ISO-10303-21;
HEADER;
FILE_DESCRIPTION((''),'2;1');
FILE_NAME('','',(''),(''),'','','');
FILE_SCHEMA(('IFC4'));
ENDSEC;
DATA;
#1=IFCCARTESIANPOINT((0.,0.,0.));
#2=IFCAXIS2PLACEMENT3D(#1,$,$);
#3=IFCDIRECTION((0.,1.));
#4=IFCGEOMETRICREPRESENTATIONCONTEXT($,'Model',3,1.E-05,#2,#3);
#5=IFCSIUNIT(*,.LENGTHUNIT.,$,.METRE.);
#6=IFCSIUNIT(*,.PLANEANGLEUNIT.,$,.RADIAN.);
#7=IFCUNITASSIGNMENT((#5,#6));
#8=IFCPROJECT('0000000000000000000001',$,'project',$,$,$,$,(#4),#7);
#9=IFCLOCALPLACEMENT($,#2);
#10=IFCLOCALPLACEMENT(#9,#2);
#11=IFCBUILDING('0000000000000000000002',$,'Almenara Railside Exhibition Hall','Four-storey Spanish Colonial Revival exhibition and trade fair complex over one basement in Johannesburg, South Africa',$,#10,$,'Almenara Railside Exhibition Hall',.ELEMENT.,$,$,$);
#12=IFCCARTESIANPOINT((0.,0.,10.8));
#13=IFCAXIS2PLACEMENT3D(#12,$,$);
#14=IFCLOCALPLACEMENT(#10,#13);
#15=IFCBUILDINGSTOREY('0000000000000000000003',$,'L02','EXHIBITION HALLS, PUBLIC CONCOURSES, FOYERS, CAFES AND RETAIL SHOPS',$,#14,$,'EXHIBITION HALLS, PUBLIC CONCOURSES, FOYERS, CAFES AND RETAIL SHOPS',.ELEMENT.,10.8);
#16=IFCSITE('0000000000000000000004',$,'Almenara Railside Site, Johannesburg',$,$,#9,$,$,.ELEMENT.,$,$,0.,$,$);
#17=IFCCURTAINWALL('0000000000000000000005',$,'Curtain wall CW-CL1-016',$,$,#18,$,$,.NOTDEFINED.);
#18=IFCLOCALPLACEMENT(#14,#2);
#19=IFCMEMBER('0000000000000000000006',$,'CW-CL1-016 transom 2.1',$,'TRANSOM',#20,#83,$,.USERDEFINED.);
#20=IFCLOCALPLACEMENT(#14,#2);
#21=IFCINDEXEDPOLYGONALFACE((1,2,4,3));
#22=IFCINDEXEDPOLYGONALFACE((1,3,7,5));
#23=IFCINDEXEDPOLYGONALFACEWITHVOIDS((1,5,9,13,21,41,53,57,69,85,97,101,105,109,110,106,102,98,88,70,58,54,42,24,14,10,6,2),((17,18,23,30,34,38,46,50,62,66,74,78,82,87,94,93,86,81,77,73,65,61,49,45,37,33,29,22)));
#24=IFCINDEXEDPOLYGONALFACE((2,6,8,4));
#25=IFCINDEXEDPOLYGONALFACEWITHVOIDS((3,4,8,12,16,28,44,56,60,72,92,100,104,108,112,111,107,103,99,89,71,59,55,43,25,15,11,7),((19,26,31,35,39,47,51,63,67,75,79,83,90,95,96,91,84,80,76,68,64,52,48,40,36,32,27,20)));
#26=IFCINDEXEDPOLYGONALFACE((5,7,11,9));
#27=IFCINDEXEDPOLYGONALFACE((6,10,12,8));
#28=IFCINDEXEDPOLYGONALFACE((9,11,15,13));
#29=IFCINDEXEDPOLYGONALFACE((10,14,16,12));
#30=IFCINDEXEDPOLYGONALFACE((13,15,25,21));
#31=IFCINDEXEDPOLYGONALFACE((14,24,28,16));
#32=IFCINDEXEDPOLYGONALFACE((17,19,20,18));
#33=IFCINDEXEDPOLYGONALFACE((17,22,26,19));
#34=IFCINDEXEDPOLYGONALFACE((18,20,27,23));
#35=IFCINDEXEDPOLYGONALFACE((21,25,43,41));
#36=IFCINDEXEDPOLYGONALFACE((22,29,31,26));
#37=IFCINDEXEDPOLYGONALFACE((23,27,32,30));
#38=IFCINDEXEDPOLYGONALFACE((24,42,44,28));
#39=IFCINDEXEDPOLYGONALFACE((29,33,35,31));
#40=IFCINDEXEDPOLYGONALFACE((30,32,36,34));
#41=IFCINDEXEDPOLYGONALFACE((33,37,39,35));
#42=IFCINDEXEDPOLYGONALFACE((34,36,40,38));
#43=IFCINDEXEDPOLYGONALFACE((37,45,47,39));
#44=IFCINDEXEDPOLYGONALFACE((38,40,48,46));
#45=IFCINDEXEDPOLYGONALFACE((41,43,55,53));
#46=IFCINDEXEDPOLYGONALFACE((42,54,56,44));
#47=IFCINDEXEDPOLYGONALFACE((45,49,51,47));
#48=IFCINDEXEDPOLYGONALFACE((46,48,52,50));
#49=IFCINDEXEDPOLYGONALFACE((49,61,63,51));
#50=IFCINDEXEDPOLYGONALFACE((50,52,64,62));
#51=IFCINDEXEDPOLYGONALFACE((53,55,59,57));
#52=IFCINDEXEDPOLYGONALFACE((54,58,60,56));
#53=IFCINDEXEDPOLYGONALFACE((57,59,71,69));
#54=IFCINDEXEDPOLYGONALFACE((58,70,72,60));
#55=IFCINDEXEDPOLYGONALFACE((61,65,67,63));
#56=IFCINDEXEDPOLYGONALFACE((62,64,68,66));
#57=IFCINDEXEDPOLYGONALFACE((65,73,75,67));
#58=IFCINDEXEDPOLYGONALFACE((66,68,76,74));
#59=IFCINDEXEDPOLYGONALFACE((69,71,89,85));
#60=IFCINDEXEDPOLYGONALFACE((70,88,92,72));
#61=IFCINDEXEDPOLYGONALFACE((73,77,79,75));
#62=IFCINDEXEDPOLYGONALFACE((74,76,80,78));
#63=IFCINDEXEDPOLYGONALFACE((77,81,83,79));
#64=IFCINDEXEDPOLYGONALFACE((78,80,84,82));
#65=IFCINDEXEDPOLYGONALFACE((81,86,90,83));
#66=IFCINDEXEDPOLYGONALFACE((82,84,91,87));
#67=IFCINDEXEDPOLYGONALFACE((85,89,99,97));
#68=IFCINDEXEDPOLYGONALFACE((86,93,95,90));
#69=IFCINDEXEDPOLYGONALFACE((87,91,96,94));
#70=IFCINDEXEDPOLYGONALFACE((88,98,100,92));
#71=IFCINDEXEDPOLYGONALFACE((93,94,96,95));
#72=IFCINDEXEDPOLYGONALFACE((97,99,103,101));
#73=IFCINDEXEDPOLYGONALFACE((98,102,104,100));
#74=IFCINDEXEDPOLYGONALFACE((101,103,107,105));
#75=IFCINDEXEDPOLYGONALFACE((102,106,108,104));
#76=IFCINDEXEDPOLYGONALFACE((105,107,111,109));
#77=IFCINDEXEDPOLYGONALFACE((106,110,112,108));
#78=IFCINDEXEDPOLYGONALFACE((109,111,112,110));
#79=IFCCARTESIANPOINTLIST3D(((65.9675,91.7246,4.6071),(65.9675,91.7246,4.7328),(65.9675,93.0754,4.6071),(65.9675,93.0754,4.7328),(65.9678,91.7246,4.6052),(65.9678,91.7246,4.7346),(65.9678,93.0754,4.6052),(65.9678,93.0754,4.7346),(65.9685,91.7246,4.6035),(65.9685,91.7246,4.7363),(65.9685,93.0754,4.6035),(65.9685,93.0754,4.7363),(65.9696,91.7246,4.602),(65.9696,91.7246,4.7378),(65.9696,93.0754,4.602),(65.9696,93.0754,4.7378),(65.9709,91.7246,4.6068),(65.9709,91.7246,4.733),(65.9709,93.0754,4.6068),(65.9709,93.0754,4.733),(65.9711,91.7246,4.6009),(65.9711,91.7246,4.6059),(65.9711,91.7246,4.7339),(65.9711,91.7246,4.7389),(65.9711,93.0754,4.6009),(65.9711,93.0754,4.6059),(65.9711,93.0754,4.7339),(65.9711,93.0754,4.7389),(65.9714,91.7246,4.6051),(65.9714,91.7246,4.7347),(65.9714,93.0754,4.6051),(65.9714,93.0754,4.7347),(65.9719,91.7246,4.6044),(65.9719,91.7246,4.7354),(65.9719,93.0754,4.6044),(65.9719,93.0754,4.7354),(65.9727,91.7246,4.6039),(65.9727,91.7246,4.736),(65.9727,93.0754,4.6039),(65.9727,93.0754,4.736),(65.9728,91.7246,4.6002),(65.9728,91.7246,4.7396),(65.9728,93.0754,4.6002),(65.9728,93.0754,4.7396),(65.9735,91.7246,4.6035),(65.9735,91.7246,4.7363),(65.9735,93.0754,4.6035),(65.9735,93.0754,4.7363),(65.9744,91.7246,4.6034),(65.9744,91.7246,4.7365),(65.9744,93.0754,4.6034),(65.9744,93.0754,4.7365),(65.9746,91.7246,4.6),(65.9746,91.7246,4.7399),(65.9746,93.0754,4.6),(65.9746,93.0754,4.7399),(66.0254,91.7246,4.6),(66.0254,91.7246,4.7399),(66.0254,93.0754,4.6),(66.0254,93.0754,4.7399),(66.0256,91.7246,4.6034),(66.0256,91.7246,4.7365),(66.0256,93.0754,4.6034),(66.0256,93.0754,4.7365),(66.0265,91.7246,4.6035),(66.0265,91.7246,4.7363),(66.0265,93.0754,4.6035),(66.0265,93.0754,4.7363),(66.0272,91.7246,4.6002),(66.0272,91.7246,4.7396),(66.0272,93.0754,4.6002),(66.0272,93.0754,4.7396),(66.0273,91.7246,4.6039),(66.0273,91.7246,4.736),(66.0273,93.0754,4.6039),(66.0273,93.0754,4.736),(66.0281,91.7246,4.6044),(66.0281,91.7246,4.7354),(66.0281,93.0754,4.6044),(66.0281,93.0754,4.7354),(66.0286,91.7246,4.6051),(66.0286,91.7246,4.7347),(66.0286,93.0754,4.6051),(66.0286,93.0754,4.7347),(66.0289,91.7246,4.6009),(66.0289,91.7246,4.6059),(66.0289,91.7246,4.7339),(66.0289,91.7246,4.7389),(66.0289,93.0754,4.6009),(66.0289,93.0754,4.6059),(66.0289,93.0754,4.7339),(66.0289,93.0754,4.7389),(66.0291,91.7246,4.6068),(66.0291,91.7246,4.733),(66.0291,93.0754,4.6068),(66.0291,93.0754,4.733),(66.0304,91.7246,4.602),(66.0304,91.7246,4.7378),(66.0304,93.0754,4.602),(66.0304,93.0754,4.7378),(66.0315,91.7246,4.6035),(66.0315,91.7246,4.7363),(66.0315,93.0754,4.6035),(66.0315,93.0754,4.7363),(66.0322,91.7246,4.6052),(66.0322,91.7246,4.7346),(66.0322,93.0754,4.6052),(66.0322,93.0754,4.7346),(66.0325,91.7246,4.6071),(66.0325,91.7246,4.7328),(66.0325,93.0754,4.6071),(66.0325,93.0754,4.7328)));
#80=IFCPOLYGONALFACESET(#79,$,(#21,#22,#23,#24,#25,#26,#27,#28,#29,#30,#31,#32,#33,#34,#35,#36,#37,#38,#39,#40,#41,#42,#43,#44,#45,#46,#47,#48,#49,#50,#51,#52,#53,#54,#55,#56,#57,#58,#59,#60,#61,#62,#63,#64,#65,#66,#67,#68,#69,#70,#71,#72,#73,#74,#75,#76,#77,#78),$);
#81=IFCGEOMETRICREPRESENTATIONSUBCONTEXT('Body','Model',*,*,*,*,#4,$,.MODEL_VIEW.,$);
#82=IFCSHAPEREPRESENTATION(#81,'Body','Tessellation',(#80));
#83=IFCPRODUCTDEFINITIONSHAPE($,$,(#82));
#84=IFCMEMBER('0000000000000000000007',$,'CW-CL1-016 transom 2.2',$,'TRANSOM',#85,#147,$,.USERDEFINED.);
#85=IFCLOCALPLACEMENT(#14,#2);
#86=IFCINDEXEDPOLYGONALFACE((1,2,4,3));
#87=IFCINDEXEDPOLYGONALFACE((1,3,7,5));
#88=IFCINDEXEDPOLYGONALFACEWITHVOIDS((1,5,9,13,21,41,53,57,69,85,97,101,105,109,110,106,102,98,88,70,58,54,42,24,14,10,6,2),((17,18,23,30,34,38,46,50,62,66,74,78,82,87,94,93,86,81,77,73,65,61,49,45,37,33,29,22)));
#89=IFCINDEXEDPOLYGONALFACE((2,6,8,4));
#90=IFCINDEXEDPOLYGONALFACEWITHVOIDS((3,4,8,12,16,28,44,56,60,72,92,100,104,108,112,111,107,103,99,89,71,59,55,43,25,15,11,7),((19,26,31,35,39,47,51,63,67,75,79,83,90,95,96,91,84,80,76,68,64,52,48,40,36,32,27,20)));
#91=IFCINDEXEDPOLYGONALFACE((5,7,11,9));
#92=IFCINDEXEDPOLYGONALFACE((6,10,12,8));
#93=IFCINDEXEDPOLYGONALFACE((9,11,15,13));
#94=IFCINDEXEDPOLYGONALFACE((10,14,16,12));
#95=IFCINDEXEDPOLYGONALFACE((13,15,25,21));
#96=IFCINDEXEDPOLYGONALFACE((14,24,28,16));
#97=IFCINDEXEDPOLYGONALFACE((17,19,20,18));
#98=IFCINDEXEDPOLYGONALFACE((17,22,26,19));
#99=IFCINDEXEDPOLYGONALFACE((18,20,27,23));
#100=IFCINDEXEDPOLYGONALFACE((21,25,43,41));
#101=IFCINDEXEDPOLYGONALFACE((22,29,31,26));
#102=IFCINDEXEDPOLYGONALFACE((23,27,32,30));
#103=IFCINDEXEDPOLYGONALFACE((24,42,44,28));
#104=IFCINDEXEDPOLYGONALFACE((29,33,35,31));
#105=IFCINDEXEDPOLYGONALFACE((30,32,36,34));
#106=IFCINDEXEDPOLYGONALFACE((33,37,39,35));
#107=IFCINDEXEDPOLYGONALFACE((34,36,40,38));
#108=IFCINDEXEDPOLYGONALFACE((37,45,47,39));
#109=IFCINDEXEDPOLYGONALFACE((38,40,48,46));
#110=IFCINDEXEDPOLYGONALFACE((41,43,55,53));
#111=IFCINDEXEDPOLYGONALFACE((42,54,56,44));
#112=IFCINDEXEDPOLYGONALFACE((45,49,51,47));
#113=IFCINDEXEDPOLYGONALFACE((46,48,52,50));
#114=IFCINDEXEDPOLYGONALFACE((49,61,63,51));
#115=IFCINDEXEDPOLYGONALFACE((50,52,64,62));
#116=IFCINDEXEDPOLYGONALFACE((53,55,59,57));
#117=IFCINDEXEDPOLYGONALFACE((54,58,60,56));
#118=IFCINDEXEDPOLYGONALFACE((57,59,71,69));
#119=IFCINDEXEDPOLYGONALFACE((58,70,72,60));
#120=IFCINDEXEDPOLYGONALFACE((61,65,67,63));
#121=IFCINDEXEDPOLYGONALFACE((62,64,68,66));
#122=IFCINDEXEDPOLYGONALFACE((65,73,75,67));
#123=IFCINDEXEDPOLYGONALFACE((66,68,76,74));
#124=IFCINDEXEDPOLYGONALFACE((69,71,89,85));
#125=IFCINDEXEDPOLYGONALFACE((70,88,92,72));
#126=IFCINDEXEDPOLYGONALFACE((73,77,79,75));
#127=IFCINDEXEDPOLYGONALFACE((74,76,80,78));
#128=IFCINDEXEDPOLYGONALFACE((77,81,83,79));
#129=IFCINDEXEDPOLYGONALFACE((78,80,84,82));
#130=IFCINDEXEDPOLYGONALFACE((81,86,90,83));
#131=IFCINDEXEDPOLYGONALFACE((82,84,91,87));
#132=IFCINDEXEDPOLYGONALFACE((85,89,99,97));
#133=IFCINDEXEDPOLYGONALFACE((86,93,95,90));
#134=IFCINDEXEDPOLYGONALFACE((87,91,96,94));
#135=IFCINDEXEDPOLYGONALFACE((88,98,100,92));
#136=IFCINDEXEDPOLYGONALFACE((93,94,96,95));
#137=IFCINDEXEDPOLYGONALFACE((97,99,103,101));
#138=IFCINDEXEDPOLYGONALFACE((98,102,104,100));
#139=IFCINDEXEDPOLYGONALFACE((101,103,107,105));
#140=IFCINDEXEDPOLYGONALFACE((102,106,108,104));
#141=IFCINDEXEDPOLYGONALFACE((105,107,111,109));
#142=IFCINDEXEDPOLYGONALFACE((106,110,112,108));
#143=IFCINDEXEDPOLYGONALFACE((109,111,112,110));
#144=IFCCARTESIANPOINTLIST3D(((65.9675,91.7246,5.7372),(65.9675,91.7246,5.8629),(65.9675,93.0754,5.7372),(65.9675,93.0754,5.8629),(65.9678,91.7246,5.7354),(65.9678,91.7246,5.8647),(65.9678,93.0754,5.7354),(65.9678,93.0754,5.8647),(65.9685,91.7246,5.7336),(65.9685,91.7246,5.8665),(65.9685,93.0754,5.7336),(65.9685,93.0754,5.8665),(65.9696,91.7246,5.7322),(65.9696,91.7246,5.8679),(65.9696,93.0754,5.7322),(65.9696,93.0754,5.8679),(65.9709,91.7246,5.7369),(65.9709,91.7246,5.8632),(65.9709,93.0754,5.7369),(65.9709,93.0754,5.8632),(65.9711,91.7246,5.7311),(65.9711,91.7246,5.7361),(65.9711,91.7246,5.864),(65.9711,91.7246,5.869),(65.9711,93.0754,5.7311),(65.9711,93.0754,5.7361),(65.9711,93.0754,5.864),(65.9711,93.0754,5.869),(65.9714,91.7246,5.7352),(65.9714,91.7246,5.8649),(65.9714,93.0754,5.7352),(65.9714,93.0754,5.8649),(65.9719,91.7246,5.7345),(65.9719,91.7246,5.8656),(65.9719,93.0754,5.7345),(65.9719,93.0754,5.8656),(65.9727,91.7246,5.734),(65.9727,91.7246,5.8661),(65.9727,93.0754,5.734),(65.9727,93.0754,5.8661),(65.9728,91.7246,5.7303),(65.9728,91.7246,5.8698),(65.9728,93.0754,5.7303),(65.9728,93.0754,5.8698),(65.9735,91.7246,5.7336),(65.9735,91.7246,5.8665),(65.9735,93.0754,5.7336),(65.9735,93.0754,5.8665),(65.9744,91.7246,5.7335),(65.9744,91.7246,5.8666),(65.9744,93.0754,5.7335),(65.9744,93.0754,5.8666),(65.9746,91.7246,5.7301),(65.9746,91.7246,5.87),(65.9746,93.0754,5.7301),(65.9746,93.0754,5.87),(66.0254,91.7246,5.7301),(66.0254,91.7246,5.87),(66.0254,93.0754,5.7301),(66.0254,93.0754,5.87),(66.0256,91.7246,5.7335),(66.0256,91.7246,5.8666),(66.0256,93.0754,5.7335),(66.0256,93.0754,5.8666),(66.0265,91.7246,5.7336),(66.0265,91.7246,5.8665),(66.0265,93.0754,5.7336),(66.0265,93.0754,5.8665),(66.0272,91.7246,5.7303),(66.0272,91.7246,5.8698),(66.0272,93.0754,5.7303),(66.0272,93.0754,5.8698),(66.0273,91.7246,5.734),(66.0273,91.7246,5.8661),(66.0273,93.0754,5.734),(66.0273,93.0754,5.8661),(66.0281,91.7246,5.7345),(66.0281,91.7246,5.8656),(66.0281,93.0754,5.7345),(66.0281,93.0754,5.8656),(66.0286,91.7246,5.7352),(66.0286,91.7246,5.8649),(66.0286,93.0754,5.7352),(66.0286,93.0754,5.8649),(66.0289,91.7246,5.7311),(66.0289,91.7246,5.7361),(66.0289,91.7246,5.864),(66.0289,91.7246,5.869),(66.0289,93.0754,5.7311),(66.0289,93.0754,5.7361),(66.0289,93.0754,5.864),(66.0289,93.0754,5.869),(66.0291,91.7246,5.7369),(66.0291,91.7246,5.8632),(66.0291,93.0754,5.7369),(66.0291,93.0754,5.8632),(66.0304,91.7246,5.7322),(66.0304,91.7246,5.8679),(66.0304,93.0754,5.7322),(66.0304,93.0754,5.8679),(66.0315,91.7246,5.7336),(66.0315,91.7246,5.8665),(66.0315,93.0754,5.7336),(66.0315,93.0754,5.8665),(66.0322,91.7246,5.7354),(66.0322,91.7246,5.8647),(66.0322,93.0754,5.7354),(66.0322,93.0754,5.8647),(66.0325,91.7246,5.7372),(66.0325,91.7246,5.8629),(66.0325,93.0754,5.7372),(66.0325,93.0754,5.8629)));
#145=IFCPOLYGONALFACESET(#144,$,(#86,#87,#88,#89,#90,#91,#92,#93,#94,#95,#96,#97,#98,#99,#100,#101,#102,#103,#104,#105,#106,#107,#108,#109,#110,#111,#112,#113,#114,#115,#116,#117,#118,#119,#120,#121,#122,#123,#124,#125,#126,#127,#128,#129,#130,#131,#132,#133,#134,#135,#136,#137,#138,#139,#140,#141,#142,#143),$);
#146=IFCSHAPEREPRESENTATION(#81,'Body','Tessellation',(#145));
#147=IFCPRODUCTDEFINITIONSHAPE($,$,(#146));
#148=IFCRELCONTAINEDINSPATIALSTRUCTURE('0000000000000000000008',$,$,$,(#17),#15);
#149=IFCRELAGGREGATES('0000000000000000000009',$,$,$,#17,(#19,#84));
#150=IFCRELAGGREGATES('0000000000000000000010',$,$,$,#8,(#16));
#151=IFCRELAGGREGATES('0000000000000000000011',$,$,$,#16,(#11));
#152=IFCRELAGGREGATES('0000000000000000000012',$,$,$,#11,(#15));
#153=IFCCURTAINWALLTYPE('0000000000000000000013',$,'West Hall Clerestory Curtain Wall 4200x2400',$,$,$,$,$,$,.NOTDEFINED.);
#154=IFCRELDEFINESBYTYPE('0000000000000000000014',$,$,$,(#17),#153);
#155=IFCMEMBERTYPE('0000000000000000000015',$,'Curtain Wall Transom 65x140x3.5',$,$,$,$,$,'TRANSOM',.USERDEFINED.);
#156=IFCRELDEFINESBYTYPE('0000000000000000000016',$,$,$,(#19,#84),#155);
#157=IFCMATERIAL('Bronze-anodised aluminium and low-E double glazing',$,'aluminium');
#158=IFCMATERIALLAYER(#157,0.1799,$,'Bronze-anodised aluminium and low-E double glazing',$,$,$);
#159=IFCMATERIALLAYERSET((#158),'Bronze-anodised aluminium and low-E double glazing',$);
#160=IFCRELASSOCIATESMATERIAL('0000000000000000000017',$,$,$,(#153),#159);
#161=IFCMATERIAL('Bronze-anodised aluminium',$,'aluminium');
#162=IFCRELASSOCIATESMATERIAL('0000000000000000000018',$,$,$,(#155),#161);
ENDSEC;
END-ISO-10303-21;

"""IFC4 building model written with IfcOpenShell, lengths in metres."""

from ifc_helpers import new_model, si_unit, direction, frame, origin, origin_2d, place, context, subcontext, project, spatial, hollow_rectangle, extrude, material, layer, layer_set, material_profile, profile_set, type_object, element, aggregate, save


model = new_model("IFC4")

# Units and contexts
model_context = context("Model", 3, precision=1e-05, world=origin(), true_north=direction((0.0, 1.0)))
body_context = subcontext(model_context, "Body", "Model", "MODEL_VIEW")
ifc_project = project(units=[si_unit("LENGTHUNIT", "METRE"), si_unit("PLANEANGLEUNIT", "RADIAN")], contexts=[model_context])

# Site, building, storey
site_placement = place(None, origin())
site = spatial("IfcSite", under=ifc_project, at=site_placement, Name="Almenara Railside Site, Johannesburg", CompositionType="ELEMENT", RefElevation=0.0)
building_placement = place(site_placement, origin())
building = spatial("IfcBuilding", under=site, at=building_placement, Name="Almenara Railside Exhibition Hall", Description="Four-storey Spanish Colonial Revival exhibition and trade fair complex over one basement in Johannesburg, South Africa", LongName="Almenara Railside Exhibition Hall", CompositionType="ELEMENT")
storey_placement = place(building_placement, frame((0.0, 0.0, 10.8)))
storey = spatial("IfcBuildingStorey", under=building, at=storey_placement, Name="L02", Description="EXHIBITION HALLS, PUBLIC CONCOURSES, FOYERS, CAFES AND RETAIL SHOPS", LongName="EXHIBITION HALLS, PUBLIC CONCOURSES, FOYERS, CAFES AND RETAIL SHOPS", CompositionType="ELEMENT", Elevation=10.8)

# Curtain wall
ifc_material_1 = material(Name="Bronze-anodised aluminium and low-E double glazing", Category="aluminium")
ifc_layer_1 = layer(ifc_material_1, 0.1799, Name="Bronze-anodised aluminium and low-E double glazing")
ifc_layer_set_1 = layer_set([ifc_layer_1], Name="Bronze-anodised aluminium and low-E double glazing")
curtain_wall_type_1 = type_object("IfcCurtainWallType", Name="West Hall Clerestory Curtain Wall 4200x2400", PredefinedType="NOTDEFINED", material=ifc_layer_set_1)
curtain_wall_1_placement = place(storey_placement, origin())
curtain_wall_1 = element("IfcCurtainWall", 1, at=curtain_wall_1_placement, inside=storey, type_object=curtain_wall_type_1, Name="Curtain wall CW-CL1-016", PredefinedType="NOTDEFINED")
ifc_material_2 = material(Name="Bronze-anodised aluminium", Category="aluminium")

# Members
ifc_material_profile_1 = material_profile(ifc_material_2, hollow_rectangle(XDim=0.0649, YDim=0.1399, WallThickness=0.0034, InnerFilletRadius=0.0034, OuterFilletRadius=0.0071, at=origin_2d()), Name="ALU-TRN 65x140x3.5")
ifc_profile_set_1 = profile_set([ifc_material_profile_1], Name="Bronze-anodised aluminium")
member_type_1 = type_object("IfcMemberType", Name="Curtain Wall Transom 65x140x3.5", ElementType="TRANSOM", PredefinedType="USERDEFINED", material=ifc_profile_set_1)
member_1_placement = place(storey_placement, frame((66.0, 91.7246, 4.6699), z_axis=(0.0, 1.0, 0.0), x_axis=(-1.0, 0.0, 0.0)))
member_1 = element("IfcMember", 2, at=member_1_placement, type_object=member_type_1, Name="CW-CL1-016 transom 2.1", ObjectType="TRANSOM", PredefinedType="USERDEFINED", context=body_context, shape_type="SweptSolid", body=[
    extrude(hollow_rectangle(XDim=0.0649, YDim=0.1399, WallThickness=0.0034, InnerFilletRadius=0.0034, OuterFilletRadius=0.0071, at=origin_2d()), origin(), (0.0, 0.0, 1.0), 1.3508),
])
member_2_placement = place(storey_placement, frame((66.0, 91.7246, 5.8), z_axis=(0.0, 1.0, 0.0), x_axis=(-1.0, 0.0, 0.0)))
member_2 = element("IfcMember", 3, at=member_2_placement, type_object=member_type_1, Name="CW-CL1-016 transom 2.2", ObjectType="TRANSOM", PredefinedType="USERDEFINED", context=body_context, shape_type="SweptSolid", body=[
    extrude(hollow_rectangle(XDim=0.0649, YDim=0.1399, WallThickness=0.0034, InnerFilletRadius=0.0034, OuterFilletRadius=0.0071, at=origin_2d()), origin(), (0.0, 0.0, 1.0), 1.3508),
])

aggregate(curtain_wall_1, [member_1, member_2])

save(model, "model.ifc")
